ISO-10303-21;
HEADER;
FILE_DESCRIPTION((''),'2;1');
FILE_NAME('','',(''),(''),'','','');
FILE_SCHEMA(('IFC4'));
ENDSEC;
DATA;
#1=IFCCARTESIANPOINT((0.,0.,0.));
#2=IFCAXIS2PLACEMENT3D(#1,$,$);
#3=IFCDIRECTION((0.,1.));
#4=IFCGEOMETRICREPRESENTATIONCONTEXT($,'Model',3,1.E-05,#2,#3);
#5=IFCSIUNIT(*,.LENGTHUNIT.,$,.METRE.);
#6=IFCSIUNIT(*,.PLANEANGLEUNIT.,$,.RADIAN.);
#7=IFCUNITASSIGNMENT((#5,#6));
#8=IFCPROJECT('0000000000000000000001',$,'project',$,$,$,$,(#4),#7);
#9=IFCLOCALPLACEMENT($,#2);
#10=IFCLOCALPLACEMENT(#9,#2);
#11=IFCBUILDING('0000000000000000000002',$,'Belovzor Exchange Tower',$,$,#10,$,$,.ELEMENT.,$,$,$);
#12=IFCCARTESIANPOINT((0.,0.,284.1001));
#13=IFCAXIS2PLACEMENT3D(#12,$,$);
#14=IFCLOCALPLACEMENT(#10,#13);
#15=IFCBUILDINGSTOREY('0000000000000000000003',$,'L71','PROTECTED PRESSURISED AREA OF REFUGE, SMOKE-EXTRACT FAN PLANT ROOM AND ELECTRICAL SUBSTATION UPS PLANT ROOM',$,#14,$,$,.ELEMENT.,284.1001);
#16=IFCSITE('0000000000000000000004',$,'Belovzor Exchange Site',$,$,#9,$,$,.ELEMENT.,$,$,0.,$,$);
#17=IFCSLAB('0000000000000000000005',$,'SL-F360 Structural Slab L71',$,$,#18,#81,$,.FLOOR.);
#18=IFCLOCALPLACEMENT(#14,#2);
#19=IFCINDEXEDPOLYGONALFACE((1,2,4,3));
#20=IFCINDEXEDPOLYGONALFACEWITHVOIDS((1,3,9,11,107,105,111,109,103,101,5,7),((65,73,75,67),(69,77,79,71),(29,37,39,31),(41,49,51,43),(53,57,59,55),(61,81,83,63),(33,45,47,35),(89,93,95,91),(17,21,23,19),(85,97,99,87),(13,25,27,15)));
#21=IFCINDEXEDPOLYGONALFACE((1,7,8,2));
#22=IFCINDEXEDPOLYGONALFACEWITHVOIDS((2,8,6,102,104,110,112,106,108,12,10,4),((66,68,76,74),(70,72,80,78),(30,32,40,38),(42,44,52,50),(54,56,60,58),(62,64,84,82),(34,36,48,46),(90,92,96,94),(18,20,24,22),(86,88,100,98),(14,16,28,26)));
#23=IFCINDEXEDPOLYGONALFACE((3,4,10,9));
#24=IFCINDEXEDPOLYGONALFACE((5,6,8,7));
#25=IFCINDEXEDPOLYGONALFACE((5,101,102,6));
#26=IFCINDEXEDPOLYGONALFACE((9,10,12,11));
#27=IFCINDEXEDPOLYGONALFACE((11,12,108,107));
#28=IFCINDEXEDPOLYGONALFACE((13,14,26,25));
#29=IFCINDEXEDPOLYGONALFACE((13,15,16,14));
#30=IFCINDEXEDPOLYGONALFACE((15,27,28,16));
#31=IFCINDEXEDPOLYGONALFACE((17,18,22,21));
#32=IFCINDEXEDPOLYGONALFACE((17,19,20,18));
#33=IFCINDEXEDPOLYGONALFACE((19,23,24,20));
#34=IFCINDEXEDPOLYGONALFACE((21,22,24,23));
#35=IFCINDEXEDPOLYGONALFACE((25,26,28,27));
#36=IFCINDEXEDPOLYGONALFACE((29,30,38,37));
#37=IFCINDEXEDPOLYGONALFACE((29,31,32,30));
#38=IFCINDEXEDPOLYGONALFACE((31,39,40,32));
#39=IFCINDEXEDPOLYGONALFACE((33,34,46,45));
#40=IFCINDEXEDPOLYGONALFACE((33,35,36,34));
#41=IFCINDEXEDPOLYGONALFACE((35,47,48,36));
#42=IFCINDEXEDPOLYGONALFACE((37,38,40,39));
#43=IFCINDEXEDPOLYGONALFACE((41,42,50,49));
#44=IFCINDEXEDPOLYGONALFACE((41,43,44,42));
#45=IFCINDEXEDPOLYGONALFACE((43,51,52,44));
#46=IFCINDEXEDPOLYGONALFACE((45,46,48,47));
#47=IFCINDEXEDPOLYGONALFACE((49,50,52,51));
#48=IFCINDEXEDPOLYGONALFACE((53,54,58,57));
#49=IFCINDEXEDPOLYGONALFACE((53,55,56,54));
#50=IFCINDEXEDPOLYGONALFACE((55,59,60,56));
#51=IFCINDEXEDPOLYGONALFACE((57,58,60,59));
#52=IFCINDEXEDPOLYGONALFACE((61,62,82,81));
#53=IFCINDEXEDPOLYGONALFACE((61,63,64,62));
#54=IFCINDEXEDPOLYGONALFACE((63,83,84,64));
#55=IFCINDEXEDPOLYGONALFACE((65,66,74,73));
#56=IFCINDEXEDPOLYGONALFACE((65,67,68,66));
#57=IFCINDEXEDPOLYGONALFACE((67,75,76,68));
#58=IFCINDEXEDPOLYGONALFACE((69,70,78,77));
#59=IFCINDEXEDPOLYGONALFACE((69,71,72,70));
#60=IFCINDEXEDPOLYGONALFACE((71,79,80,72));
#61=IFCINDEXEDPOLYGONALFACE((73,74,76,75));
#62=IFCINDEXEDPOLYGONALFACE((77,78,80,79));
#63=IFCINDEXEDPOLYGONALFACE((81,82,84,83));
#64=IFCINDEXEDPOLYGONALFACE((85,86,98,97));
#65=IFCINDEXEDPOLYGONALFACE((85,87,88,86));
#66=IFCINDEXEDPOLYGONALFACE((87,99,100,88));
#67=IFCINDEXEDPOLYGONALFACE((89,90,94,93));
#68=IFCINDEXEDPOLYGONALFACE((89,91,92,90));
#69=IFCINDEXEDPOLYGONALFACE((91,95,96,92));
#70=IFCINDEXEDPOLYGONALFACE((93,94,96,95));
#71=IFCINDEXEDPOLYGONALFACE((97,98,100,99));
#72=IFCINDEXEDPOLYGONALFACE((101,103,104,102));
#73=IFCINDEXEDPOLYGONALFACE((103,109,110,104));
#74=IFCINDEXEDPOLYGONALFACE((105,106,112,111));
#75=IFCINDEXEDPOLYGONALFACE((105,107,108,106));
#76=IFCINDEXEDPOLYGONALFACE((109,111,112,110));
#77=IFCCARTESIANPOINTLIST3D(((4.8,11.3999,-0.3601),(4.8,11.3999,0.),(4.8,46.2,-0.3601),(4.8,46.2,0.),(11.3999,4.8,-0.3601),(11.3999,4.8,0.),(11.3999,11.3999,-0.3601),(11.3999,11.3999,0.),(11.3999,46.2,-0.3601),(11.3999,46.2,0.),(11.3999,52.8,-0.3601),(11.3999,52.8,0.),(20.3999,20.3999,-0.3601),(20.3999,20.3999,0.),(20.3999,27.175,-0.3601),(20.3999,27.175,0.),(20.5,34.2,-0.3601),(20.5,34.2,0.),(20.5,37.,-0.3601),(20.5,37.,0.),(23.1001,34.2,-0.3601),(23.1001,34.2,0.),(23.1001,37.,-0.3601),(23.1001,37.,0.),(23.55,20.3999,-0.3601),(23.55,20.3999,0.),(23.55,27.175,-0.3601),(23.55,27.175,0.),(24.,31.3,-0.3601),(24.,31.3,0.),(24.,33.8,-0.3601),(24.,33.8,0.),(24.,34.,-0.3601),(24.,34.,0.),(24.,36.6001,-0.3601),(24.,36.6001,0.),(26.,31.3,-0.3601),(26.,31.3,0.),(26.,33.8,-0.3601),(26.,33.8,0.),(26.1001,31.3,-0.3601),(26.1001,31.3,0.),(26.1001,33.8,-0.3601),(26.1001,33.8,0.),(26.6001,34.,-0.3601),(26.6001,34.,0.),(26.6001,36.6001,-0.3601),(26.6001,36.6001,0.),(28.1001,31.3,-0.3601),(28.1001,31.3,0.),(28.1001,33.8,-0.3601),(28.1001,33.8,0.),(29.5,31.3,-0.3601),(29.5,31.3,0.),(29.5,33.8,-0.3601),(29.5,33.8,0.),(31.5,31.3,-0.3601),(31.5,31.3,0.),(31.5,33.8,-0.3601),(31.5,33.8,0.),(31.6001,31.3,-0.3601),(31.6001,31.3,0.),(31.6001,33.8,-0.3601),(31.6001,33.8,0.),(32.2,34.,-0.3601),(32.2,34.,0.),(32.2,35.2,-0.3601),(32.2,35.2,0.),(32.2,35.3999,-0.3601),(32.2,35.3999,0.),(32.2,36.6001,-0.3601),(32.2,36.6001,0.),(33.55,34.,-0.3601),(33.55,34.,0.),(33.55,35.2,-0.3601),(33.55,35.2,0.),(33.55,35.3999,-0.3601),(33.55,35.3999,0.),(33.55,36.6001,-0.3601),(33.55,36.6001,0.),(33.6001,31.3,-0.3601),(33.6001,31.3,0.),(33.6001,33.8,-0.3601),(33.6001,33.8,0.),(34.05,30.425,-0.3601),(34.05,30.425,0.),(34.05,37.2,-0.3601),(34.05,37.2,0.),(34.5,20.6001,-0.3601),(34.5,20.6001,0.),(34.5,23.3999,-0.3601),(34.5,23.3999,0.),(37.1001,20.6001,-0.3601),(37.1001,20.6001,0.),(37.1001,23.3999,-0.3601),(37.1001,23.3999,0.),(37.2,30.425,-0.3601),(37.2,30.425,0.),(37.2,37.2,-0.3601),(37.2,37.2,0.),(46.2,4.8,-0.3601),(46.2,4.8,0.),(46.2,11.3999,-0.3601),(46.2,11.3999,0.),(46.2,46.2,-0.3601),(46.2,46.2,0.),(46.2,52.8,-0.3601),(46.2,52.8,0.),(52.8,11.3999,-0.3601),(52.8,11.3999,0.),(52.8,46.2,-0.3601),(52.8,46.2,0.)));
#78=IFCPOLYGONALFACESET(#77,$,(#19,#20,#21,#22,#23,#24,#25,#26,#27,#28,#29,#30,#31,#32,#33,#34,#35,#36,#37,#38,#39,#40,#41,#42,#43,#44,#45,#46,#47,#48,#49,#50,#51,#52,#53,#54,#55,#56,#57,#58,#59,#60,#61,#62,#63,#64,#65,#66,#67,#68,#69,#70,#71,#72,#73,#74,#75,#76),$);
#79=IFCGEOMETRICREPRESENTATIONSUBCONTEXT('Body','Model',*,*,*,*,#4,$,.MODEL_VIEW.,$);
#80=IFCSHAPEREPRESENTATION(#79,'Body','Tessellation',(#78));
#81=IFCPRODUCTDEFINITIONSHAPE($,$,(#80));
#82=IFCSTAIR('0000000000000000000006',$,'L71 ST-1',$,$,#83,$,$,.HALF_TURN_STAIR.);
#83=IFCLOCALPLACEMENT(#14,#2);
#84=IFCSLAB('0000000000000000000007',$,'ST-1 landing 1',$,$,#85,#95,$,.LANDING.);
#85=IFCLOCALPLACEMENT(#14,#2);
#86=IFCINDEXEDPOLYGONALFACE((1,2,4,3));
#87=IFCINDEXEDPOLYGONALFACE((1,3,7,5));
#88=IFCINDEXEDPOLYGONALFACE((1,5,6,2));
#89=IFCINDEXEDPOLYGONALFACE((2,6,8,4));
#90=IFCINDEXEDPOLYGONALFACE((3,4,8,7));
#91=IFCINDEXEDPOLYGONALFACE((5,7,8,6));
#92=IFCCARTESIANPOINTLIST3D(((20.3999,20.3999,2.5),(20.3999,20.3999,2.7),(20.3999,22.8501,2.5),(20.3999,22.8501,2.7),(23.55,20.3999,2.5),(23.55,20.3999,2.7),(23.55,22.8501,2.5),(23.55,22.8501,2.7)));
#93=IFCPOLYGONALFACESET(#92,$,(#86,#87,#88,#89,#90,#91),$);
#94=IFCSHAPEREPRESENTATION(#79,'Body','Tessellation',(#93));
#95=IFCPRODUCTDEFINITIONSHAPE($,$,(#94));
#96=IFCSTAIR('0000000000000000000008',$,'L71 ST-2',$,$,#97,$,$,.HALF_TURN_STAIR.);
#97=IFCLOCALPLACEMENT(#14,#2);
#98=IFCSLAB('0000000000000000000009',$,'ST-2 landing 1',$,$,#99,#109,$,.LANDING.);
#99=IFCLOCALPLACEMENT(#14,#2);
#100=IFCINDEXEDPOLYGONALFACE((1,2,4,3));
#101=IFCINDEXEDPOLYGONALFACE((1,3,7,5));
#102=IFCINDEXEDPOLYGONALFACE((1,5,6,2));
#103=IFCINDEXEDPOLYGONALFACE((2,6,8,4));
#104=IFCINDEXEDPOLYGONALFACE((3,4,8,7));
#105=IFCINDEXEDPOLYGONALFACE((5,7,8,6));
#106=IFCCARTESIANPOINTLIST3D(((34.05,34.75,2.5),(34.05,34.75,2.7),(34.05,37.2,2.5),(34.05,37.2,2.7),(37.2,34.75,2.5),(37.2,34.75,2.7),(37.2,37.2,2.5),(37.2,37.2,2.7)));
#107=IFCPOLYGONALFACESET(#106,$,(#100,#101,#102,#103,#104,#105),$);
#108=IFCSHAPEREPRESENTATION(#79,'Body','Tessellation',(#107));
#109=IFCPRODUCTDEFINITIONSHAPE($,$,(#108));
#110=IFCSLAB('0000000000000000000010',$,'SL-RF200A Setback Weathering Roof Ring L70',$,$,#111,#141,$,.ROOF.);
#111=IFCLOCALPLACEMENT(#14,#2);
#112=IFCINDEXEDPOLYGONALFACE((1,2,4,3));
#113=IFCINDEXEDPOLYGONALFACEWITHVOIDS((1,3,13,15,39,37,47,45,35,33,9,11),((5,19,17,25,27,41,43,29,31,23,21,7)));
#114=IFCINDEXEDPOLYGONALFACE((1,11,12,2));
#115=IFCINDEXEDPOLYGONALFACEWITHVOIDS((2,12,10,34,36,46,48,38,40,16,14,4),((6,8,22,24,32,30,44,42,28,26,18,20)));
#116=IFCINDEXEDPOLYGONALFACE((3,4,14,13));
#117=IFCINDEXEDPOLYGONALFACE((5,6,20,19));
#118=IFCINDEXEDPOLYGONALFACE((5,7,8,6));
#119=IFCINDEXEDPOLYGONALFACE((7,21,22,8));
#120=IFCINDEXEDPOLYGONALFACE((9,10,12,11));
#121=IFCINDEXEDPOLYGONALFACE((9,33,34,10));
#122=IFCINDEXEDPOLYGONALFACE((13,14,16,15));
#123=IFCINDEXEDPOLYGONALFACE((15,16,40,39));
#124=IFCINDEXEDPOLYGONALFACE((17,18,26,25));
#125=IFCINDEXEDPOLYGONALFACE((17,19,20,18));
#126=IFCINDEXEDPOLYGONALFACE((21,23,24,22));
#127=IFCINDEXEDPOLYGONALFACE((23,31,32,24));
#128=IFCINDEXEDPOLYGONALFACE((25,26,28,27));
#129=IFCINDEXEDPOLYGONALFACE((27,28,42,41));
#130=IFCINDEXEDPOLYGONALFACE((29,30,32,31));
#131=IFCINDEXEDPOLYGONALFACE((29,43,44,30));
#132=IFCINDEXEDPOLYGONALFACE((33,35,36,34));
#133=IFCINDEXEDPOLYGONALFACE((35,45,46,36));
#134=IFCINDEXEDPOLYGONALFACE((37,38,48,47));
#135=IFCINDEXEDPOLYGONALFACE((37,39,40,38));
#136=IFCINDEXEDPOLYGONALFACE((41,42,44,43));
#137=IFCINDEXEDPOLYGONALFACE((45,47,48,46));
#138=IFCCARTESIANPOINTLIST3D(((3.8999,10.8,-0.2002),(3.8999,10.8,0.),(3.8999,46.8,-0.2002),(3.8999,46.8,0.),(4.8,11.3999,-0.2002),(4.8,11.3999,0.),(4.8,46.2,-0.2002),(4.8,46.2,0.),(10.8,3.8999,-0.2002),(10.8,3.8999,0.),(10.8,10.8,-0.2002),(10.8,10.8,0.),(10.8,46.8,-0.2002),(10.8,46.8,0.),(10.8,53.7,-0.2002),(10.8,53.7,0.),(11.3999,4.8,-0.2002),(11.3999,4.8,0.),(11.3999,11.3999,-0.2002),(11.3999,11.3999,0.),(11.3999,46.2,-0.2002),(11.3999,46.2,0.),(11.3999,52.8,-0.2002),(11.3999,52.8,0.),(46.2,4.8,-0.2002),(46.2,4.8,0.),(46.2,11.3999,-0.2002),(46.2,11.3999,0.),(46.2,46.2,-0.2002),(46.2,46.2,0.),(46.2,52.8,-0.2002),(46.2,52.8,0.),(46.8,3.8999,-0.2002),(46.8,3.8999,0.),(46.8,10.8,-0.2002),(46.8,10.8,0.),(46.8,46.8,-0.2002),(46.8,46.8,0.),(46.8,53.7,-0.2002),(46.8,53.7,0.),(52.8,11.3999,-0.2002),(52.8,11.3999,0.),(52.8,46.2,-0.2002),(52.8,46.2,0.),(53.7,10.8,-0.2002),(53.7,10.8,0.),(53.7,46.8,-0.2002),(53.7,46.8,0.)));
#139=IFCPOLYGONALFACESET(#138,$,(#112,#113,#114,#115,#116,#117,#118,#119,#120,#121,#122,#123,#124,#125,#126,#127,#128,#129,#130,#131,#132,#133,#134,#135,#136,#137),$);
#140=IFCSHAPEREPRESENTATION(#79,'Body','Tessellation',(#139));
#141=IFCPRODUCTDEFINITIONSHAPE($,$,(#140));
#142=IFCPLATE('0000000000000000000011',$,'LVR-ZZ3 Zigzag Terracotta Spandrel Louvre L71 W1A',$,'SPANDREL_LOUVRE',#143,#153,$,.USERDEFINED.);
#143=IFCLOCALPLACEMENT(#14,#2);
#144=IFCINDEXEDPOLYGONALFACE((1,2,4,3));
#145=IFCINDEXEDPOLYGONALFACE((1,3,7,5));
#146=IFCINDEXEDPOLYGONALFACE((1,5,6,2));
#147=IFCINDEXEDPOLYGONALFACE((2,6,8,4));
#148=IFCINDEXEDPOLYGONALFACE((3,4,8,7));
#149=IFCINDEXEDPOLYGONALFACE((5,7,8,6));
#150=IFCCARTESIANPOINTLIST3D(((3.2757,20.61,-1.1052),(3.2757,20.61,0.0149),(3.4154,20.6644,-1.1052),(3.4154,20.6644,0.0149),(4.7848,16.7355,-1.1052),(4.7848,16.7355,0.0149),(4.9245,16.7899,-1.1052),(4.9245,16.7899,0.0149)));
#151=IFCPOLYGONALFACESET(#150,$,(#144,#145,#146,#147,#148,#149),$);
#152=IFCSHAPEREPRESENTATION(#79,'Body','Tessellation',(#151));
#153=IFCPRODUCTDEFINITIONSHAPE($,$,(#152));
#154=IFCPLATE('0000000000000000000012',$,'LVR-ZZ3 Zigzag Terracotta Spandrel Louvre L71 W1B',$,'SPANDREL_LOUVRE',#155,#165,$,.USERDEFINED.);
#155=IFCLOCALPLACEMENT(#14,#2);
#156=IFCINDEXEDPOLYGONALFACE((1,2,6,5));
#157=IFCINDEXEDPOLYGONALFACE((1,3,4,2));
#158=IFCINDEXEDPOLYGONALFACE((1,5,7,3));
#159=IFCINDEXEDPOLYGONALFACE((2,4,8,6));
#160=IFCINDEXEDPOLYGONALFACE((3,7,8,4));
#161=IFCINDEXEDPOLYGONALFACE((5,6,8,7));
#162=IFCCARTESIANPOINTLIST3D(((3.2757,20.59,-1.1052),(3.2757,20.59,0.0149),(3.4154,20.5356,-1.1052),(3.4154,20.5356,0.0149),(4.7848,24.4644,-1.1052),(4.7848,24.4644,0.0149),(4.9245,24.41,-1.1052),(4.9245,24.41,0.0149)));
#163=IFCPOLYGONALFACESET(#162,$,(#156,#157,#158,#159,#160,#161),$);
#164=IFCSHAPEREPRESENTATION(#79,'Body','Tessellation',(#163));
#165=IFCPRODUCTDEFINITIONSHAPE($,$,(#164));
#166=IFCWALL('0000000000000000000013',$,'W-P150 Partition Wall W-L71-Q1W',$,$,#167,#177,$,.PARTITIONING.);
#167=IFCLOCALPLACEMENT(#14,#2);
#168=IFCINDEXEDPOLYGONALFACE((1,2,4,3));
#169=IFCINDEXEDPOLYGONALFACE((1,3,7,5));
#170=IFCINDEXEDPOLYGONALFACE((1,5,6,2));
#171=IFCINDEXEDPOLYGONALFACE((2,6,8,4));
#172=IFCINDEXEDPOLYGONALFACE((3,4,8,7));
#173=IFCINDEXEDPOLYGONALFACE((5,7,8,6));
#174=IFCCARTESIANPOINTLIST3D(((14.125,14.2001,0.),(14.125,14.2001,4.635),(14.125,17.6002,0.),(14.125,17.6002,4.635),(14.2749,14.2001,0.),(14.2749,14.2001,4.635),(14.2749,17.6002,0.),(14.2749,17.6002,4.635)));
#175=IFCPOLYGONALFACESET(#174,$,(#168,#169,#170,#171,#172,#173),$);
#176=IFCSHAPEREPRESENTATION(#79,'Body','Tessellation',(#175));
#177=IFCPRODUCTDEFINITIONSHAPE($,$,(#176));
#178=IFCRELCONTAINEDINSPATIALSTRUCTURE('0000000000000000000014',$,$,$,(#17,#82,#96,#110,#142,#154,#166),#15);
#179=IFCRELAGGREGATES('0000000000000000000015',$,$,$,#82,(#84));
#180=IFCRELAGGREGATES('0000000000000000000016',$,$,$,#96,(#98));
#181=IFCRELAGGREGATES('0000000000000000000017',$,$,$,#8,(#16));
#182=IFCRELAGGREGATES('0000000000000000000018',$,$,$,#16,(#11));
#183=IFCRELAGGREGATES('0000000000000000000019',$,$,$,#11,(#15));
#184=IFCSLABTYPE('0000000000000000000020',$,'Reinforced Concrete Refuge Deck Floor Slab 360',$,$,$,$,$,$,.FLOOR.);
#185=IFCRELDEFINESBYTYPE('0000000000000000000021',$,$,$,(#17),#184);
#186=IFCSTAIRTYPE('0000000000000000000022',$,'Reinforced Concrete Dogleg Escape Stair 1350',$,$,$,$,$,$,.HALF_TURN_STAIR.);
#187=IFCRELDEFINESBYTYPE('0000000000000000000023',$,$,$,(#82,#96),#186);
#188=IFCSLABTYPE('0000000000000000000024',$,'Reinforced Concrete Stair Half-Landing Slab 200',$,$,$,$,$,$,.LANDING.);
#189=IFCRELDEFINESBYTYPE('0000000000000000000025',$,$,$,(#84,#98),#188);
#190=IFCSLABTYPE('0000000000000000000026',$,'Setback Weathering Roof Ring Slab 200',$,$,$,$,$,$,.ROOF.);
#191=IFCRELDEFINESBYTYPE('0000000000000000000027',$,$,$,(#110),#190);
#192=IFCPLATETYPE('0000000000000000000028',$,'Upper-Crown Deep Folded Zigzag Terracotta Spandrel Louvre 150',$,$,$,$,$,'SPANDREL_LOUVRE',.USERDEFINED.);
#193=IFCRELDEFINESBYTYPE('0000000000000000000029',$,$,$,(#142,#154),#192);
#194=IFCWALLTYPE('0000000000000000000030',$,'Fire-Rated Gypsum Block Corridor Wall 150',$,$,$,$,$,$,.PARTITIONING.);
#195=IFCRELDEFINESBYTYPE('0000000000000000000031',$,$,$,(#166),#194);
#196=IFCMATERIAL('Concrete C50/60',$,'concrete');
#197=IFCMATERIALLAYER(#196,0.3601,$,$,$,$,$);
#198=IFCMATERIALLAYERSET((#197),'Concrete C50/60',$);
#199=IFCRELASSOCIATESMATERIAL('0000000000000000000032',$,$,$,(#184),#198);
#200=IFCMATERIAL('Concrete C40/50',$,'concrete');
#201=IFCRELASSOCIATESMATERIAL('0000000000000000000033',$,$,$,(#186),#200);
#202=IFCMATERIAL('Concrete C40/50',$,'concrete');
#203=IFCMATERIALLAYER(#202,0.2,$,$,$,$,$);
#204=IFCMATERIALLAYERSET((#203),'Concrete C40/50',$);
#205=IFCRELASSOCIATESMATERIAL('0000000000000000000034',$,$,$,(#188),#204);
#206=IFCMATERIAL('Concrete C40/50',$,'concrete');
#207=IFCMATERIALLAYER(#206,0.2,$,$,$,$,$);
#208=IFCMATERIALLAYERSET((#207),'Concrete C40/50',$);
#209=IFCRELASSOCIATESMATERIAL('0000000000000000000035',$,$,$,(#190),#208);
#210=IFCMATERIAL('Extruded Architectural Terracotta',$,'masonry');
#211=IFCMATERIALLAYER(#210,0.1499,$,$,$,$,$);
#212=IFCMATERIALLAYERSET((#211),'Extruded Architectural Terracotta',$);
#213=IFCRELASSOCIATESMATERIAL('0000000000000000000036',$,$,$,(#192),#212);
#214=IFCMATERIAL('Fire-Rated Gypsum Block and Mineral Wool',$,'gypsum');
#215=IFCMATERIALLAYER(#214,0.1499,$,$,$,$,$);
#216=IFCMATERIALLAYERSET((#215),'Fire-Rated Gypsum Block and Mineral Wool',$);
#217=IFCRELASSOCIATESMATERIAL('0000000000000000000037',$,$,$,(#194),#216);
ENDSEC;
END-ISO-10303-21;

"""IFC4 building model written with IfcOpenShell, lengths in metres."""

from ifc_helpers import new_model, si_unit, direction, frame, frame_2d, origin, origin_2d, place, context, subcontext, project, spatial, polyline, rectangle, outline, extrude, material, layer, layer_set, type_object, element, aggregate, save


model = new_model("IFC4")

# Units and contexts
model_context = context("Model", 3, precision=1e-05, world=origin(), true_north=direction((0.0, 1.0)))
body_context = subcontext(model_context, "Body", "Model", "MODEL_VIEW")
ifc_project = project(units=[si_unit("LENGTHUNIT", "METRE"), si_unit("PLANEANGLEUNIT", "RADIAN")], contexts=[model_context])

# Site, building, storey
site_placement = place(None, origin())
site = spatial("IfcSite", under=ifc_project, at=site_placement, Name="Belovzor Exchange Site", CompositionType="ELEMENT", RefElevation=0.0)
building_placement = place(site_placement, origin())
building = spatial("IfcBuilding", under=site, at=building_placement, Name="Belovzor Exchange Tower", CompositionType="ELEMENT")
storey_placement = place(building_placement, frame((0.0, 0.0, 284.1001)))
storey = spatial("IfcBuildingStorey", under=building, at=storey_placement, Name="L71", Description="PROTECTED PRESSURISED AREA OF REFUGE, SMOKE-EXTRACT FAN PLANT ROOM AND ELECTRICAL SUBSTATION UPS PLANT ROOM", CompositionType="ELEMENT", Elevation=284.1001)

# Slab
ifc_material_1 = material(Name="Concrete C50/60", Category="concrete")
ifc_layer_1 = layer(ifc_material_1, 0.3601)
ifc_layer_set_1 = layer_set([ifc_layer_1], Name="Concrete C50/60")
slab_type_1 = type_object("IfcSlabType", Name="Reinforced Concrete Refuge Deck Floor Slab 360", PredefinedType="FLOOR", material=ifc_layer_set_1)
slab_1_placement = place(storey_placement, frame((0.0, 0.0, -0.3601)))
element("IfcSlab", 1, at=slab_1_placement, inside=storey, type_object=slab_type_1, Name="SL-F360 Structural Slab L71", PredefinedType="FLOOR", context=body_context, shape_type="SweptSolid", body=[
    extrude(outline(polyline([(11.3999, 4.8), (46.2, 4.8), (46.2, 11.3999), (52.8, 11.3999), (52.8, 46.2), (46.2, 46.2), (46.2, 52.8), (11.3999, 52.8), (11.3999, 46.2), (4.8, 46.2), (4.8, 11.3999), (11.3999, 11.3999), (11.3999, 4.8)]), holes=[polyline([(20.3999, 27.175), (20.3999, 20.3999), (23.55, 20.3999), (23.55, 27.175), (20.3999, 27.175)]), polyline([(37.2, 30.425), (37.2, 37.2), (34.05, 37.2), (34.05, 30.425), (37.2, 30.425)]), polyline([(20.5, 34.2), (23.1001, 34.2), (23.1001, 37.0), (20.5, 37.0), (20.5, 34.2)]), polyline([(34.5, 20.6001), (37.1001, 20.6001), (37.1001, 23.3999), (34.5, 23.3999), (34.5, 20.6001)]), polyline([(24.0, 34.0), (26.6001, 34.0), (26.6001, 36.6001), (24.0, 36.6001), (24.0, 34.0)]), polyline([(24.0, 31.3), (26.0, 31.3), (26.0, 33.8), (24.0, 33.8), (24.0, 31.3)]), polyline([(26.1001, 31.3), (28.1001, 31.3), (28.1001, 33.8), (26.1001, 33.8), (26.1001, 31.3)]), polyline([(29.5, 31.3), (31.5, 31.3), (31.5, 33.8), (29.5, 33.8), (29.5, 31.3)]), polyline([(31.6001, 31.3), (33.6001, 31.3), (33.6001, 33.8), (31.6001, 33.8), (31.6001, 31.3)]), polyline([(32.2, 34.0), (33.55, 34.0), (33.55, 35.2), (32.2, 35.2), (32.2, 34.0)]), polyline([(32.2, 35.3999), (33.55, 35.3999), (33.55, 36.6001), (32.2, 36.6001), (32.2, 35.3999)])]), origin(), (0.0, 0.0, 1.0), 0.3601),
])

# Stairs, slabs
ifc_material_2 = material(Name="Concrete C40/50", Category="concrete")
stair_type = type_object("IfcStairType", Name="Reinforced Concrete Dogleg Escape Stair 1350", PredefinedType="HALF_TURN_STAIR", material=ifc_material_2)
stair_1_placement = place(storey_placement, origin())
stair_1 = element("IfcStair", 2, at=stair_1_placement, inside=storey, type_object=stair_type, Name="L71 ST-1", PredefinedType="HALF_TURN_STAIR")
ifc_material_3 = material(Name="Concrete C40/50", Category="concrete")
ifc_layer_2 = layer(ifc_material_3, 0.2)
ifc_layer_set_2 = layer_set([ifc_layer_2], Name="Concrete C40/50")
slab_type_2 = type_object("IfcSlabType", Name="Reinforced Concrete Stair Half-Landing Slab 200", PredefinedType="LANDING", material=ifc_layer_set_2)
slab_2_placement = place(storey_placement, frame((0.0, 0.0, 2.5)))
slab_2 = element("IfcSlab", 3, at=slab_2_placement, type_object=slab_type_2, Name="ST-1 landing 1", PredefinedType="LANDING", context=body_context, shape_type="SweptSolid", body=[
    extrude(outline(polyline([(20.3999, 22.8501), (20.3999, 20.3999), (23.55, 20.3999), (23.55, 22.8501), (20.3999, 22.8501)])), origin(), (0.0, 0.0, 1.0), 0.2),
])
aggregate(stair_1, [slab_2])
stair_2_placement = place(storey_placement, origin())
stair_2 = element("IfcStair", 4, at=stair_2_placement, inside=storey, type_object=stair_type, Name="L71 ST-2", PredefinedType="HALF_TURN_STAIR")
slab_3_placement = place(storey_placement, frame((0.0, 0.0, 2.5)))
slab_3 = element("IfcSlab", 5, at=slab_3_placement, type_object=slab_type_2, Name="ST-2 landing 1", PredefinedType="LANDING", context=body_context, shape_type="SweptSolid", body=[
    extrude(outline(polyline([(37.2, 34.75), (37.2, 37.2), (34.05, 37.2), (34.05, 34.75), (37.2, 34.75)])), origin(), (0.0, 0.0, 1.0), 0.2),
])
aggregate(stair_2, [slab_3])

# Slab
ifc_material_4 = material(Name="Concrete C40/50", Category="concrete")
ifc_layer_3 = layer(ifc_material_4, 0.2)
ifc_layer_set_3 = layer_set([ifc_layer_3], Name="Concrete C40/50")
slab_type_3 = type_object("IfcSlabType", Name="Setback Weathering Roof Ring Slab 200", PredefinedType="ROOF", material=ifc_layer_set_3)
slab_4_placement = place(storey_placement, frame((0.0, 0.0, -0.2002)))
element("IfcSlab", 6, at=slab_4_placement, inside=storey, type_object=slab_type_3, Name="SL-RF200A Setback Weathering Roof Ring L70", PredefinedType="ROOF", context=body_context, shape_type="SweptSolid", body=[
    extrude(outline(polyline([(10.8, 3.8999), (46.8, 3.8999), (46.8, 10.8), (53.7, 10.8), (53.7, 46.8), (46.8, 46.8), (46.8, 53.7), (10.8, 53.7), (10.8, 46.8), (3.8999, 46.8), (3.8999, 10.8), (10.8, 10.8), (10.8, 3.8999)]), holes=[polyline([(11.3999, 4.8), (46.2, 4.8), (46.2, 11.3999), (52.8, 11.3999), (52.8, 46.2), (46.2, 46.2), (46.2, 52.8), (11.3999, 52.8), (11.3999, 46.2), (4.8, 46.2), (4.8, 11.3999), (11.3999, 11.3999), (11.3999, 4.8)])]), origin(), (0.0, 0.0, 1.0), 0.2002),
])

# Plates
ifc_material_5 = material(Name="Extruded Architectural Terracotta", Category="masonry")
ifc_layer_4 = layer(ifc_material_5, 0.1499)
ifc_layer_set_4 = layer_set([ifc_layer_4], Name="Extruded Architectural Terracotta")
plate_type_1 = type_object("IfcPlateType", Name="Upper-Crown Deep Folded Zigzag Terracotta Spandrel Louvre 150", ElementType="SPANDREL_LOUVRE", PredefinedType="USERDEFINED", material=ifc_layer_set_4)
for number, where, z_axis, x_axis, name in (
    (7, (4.1001, 18.7, -1.1052), (0.0, 0.0, 1.0), (-0.362926, 0.931818, 0.0), "LVR-ZZ3 Zigzag Terracotta Spandrel Louvre L71 W1A"),
    (8, (4.1001, 22.5, -1.1052), (0.0, 0.0, 1.0), (0.362926, 0.931818, 0.0), "LVR-ZZ3 Zigzag Terracotta Spandrel Louvre L71 W1B"),
):
    element("IfcPlate", number, at=place(storey_placement, frame(where, z_axis=z_axis, x_axis=x_axis)), inside=storey, type_object=plate_type_1, Name=name, ObjectType="SPANDREL_LOUVRE", PredefinedType="USERDEFINED", context=body_context, shape_type="SweptSolid", body=[
        extrude(rectangle(XDim=4.158, YDim=0.1499, at=origin_2d()), origin(), (0.0, 0.0, 1.0), 1.1201),
    ])

# Wall
ifc_material_6 = material(Name="Fire-Rated Gypsum Block and Mineral Wool", Category="gypsum")
ifc_layer_5 = layer(ifc_material_6, 0.1499)
ifc_layer_set_5 = layer_set([ifc_layer_5], Name="Fire-Rated Gypsum Block and Mineral Wool")
wall_type_1 = type_object("IfcWallType", Name="Fire-Rated Gypsum Block Corridor Wall 150", PredefinedType="PARTITIONING", material=ifc_layer_set_5)
wall_1_placement = place(storey_placement, frame((14.2, 14.2, 0.0), z_axis=(0.0, 0.0, 1.0), x_axis=(0.0, 1.0, 0.0)))
element("IfcWall", 9, at=wall_1_placement, inside=storey, type_object=wall_type_1, Name="W-P150 Partition Wall W-L71-Q1W", PredefinedType="PARTITIONING", context=body_context, shape_type="SweptSolid", body=[
    extrude(rectangle(XDim=3.4001, YDim=0.1499, at=frame_2d((1.7002, 0.0))), origin(), (0.0, 0.0, 1.0), 4.635),
])

save(model, "model.ifc")
